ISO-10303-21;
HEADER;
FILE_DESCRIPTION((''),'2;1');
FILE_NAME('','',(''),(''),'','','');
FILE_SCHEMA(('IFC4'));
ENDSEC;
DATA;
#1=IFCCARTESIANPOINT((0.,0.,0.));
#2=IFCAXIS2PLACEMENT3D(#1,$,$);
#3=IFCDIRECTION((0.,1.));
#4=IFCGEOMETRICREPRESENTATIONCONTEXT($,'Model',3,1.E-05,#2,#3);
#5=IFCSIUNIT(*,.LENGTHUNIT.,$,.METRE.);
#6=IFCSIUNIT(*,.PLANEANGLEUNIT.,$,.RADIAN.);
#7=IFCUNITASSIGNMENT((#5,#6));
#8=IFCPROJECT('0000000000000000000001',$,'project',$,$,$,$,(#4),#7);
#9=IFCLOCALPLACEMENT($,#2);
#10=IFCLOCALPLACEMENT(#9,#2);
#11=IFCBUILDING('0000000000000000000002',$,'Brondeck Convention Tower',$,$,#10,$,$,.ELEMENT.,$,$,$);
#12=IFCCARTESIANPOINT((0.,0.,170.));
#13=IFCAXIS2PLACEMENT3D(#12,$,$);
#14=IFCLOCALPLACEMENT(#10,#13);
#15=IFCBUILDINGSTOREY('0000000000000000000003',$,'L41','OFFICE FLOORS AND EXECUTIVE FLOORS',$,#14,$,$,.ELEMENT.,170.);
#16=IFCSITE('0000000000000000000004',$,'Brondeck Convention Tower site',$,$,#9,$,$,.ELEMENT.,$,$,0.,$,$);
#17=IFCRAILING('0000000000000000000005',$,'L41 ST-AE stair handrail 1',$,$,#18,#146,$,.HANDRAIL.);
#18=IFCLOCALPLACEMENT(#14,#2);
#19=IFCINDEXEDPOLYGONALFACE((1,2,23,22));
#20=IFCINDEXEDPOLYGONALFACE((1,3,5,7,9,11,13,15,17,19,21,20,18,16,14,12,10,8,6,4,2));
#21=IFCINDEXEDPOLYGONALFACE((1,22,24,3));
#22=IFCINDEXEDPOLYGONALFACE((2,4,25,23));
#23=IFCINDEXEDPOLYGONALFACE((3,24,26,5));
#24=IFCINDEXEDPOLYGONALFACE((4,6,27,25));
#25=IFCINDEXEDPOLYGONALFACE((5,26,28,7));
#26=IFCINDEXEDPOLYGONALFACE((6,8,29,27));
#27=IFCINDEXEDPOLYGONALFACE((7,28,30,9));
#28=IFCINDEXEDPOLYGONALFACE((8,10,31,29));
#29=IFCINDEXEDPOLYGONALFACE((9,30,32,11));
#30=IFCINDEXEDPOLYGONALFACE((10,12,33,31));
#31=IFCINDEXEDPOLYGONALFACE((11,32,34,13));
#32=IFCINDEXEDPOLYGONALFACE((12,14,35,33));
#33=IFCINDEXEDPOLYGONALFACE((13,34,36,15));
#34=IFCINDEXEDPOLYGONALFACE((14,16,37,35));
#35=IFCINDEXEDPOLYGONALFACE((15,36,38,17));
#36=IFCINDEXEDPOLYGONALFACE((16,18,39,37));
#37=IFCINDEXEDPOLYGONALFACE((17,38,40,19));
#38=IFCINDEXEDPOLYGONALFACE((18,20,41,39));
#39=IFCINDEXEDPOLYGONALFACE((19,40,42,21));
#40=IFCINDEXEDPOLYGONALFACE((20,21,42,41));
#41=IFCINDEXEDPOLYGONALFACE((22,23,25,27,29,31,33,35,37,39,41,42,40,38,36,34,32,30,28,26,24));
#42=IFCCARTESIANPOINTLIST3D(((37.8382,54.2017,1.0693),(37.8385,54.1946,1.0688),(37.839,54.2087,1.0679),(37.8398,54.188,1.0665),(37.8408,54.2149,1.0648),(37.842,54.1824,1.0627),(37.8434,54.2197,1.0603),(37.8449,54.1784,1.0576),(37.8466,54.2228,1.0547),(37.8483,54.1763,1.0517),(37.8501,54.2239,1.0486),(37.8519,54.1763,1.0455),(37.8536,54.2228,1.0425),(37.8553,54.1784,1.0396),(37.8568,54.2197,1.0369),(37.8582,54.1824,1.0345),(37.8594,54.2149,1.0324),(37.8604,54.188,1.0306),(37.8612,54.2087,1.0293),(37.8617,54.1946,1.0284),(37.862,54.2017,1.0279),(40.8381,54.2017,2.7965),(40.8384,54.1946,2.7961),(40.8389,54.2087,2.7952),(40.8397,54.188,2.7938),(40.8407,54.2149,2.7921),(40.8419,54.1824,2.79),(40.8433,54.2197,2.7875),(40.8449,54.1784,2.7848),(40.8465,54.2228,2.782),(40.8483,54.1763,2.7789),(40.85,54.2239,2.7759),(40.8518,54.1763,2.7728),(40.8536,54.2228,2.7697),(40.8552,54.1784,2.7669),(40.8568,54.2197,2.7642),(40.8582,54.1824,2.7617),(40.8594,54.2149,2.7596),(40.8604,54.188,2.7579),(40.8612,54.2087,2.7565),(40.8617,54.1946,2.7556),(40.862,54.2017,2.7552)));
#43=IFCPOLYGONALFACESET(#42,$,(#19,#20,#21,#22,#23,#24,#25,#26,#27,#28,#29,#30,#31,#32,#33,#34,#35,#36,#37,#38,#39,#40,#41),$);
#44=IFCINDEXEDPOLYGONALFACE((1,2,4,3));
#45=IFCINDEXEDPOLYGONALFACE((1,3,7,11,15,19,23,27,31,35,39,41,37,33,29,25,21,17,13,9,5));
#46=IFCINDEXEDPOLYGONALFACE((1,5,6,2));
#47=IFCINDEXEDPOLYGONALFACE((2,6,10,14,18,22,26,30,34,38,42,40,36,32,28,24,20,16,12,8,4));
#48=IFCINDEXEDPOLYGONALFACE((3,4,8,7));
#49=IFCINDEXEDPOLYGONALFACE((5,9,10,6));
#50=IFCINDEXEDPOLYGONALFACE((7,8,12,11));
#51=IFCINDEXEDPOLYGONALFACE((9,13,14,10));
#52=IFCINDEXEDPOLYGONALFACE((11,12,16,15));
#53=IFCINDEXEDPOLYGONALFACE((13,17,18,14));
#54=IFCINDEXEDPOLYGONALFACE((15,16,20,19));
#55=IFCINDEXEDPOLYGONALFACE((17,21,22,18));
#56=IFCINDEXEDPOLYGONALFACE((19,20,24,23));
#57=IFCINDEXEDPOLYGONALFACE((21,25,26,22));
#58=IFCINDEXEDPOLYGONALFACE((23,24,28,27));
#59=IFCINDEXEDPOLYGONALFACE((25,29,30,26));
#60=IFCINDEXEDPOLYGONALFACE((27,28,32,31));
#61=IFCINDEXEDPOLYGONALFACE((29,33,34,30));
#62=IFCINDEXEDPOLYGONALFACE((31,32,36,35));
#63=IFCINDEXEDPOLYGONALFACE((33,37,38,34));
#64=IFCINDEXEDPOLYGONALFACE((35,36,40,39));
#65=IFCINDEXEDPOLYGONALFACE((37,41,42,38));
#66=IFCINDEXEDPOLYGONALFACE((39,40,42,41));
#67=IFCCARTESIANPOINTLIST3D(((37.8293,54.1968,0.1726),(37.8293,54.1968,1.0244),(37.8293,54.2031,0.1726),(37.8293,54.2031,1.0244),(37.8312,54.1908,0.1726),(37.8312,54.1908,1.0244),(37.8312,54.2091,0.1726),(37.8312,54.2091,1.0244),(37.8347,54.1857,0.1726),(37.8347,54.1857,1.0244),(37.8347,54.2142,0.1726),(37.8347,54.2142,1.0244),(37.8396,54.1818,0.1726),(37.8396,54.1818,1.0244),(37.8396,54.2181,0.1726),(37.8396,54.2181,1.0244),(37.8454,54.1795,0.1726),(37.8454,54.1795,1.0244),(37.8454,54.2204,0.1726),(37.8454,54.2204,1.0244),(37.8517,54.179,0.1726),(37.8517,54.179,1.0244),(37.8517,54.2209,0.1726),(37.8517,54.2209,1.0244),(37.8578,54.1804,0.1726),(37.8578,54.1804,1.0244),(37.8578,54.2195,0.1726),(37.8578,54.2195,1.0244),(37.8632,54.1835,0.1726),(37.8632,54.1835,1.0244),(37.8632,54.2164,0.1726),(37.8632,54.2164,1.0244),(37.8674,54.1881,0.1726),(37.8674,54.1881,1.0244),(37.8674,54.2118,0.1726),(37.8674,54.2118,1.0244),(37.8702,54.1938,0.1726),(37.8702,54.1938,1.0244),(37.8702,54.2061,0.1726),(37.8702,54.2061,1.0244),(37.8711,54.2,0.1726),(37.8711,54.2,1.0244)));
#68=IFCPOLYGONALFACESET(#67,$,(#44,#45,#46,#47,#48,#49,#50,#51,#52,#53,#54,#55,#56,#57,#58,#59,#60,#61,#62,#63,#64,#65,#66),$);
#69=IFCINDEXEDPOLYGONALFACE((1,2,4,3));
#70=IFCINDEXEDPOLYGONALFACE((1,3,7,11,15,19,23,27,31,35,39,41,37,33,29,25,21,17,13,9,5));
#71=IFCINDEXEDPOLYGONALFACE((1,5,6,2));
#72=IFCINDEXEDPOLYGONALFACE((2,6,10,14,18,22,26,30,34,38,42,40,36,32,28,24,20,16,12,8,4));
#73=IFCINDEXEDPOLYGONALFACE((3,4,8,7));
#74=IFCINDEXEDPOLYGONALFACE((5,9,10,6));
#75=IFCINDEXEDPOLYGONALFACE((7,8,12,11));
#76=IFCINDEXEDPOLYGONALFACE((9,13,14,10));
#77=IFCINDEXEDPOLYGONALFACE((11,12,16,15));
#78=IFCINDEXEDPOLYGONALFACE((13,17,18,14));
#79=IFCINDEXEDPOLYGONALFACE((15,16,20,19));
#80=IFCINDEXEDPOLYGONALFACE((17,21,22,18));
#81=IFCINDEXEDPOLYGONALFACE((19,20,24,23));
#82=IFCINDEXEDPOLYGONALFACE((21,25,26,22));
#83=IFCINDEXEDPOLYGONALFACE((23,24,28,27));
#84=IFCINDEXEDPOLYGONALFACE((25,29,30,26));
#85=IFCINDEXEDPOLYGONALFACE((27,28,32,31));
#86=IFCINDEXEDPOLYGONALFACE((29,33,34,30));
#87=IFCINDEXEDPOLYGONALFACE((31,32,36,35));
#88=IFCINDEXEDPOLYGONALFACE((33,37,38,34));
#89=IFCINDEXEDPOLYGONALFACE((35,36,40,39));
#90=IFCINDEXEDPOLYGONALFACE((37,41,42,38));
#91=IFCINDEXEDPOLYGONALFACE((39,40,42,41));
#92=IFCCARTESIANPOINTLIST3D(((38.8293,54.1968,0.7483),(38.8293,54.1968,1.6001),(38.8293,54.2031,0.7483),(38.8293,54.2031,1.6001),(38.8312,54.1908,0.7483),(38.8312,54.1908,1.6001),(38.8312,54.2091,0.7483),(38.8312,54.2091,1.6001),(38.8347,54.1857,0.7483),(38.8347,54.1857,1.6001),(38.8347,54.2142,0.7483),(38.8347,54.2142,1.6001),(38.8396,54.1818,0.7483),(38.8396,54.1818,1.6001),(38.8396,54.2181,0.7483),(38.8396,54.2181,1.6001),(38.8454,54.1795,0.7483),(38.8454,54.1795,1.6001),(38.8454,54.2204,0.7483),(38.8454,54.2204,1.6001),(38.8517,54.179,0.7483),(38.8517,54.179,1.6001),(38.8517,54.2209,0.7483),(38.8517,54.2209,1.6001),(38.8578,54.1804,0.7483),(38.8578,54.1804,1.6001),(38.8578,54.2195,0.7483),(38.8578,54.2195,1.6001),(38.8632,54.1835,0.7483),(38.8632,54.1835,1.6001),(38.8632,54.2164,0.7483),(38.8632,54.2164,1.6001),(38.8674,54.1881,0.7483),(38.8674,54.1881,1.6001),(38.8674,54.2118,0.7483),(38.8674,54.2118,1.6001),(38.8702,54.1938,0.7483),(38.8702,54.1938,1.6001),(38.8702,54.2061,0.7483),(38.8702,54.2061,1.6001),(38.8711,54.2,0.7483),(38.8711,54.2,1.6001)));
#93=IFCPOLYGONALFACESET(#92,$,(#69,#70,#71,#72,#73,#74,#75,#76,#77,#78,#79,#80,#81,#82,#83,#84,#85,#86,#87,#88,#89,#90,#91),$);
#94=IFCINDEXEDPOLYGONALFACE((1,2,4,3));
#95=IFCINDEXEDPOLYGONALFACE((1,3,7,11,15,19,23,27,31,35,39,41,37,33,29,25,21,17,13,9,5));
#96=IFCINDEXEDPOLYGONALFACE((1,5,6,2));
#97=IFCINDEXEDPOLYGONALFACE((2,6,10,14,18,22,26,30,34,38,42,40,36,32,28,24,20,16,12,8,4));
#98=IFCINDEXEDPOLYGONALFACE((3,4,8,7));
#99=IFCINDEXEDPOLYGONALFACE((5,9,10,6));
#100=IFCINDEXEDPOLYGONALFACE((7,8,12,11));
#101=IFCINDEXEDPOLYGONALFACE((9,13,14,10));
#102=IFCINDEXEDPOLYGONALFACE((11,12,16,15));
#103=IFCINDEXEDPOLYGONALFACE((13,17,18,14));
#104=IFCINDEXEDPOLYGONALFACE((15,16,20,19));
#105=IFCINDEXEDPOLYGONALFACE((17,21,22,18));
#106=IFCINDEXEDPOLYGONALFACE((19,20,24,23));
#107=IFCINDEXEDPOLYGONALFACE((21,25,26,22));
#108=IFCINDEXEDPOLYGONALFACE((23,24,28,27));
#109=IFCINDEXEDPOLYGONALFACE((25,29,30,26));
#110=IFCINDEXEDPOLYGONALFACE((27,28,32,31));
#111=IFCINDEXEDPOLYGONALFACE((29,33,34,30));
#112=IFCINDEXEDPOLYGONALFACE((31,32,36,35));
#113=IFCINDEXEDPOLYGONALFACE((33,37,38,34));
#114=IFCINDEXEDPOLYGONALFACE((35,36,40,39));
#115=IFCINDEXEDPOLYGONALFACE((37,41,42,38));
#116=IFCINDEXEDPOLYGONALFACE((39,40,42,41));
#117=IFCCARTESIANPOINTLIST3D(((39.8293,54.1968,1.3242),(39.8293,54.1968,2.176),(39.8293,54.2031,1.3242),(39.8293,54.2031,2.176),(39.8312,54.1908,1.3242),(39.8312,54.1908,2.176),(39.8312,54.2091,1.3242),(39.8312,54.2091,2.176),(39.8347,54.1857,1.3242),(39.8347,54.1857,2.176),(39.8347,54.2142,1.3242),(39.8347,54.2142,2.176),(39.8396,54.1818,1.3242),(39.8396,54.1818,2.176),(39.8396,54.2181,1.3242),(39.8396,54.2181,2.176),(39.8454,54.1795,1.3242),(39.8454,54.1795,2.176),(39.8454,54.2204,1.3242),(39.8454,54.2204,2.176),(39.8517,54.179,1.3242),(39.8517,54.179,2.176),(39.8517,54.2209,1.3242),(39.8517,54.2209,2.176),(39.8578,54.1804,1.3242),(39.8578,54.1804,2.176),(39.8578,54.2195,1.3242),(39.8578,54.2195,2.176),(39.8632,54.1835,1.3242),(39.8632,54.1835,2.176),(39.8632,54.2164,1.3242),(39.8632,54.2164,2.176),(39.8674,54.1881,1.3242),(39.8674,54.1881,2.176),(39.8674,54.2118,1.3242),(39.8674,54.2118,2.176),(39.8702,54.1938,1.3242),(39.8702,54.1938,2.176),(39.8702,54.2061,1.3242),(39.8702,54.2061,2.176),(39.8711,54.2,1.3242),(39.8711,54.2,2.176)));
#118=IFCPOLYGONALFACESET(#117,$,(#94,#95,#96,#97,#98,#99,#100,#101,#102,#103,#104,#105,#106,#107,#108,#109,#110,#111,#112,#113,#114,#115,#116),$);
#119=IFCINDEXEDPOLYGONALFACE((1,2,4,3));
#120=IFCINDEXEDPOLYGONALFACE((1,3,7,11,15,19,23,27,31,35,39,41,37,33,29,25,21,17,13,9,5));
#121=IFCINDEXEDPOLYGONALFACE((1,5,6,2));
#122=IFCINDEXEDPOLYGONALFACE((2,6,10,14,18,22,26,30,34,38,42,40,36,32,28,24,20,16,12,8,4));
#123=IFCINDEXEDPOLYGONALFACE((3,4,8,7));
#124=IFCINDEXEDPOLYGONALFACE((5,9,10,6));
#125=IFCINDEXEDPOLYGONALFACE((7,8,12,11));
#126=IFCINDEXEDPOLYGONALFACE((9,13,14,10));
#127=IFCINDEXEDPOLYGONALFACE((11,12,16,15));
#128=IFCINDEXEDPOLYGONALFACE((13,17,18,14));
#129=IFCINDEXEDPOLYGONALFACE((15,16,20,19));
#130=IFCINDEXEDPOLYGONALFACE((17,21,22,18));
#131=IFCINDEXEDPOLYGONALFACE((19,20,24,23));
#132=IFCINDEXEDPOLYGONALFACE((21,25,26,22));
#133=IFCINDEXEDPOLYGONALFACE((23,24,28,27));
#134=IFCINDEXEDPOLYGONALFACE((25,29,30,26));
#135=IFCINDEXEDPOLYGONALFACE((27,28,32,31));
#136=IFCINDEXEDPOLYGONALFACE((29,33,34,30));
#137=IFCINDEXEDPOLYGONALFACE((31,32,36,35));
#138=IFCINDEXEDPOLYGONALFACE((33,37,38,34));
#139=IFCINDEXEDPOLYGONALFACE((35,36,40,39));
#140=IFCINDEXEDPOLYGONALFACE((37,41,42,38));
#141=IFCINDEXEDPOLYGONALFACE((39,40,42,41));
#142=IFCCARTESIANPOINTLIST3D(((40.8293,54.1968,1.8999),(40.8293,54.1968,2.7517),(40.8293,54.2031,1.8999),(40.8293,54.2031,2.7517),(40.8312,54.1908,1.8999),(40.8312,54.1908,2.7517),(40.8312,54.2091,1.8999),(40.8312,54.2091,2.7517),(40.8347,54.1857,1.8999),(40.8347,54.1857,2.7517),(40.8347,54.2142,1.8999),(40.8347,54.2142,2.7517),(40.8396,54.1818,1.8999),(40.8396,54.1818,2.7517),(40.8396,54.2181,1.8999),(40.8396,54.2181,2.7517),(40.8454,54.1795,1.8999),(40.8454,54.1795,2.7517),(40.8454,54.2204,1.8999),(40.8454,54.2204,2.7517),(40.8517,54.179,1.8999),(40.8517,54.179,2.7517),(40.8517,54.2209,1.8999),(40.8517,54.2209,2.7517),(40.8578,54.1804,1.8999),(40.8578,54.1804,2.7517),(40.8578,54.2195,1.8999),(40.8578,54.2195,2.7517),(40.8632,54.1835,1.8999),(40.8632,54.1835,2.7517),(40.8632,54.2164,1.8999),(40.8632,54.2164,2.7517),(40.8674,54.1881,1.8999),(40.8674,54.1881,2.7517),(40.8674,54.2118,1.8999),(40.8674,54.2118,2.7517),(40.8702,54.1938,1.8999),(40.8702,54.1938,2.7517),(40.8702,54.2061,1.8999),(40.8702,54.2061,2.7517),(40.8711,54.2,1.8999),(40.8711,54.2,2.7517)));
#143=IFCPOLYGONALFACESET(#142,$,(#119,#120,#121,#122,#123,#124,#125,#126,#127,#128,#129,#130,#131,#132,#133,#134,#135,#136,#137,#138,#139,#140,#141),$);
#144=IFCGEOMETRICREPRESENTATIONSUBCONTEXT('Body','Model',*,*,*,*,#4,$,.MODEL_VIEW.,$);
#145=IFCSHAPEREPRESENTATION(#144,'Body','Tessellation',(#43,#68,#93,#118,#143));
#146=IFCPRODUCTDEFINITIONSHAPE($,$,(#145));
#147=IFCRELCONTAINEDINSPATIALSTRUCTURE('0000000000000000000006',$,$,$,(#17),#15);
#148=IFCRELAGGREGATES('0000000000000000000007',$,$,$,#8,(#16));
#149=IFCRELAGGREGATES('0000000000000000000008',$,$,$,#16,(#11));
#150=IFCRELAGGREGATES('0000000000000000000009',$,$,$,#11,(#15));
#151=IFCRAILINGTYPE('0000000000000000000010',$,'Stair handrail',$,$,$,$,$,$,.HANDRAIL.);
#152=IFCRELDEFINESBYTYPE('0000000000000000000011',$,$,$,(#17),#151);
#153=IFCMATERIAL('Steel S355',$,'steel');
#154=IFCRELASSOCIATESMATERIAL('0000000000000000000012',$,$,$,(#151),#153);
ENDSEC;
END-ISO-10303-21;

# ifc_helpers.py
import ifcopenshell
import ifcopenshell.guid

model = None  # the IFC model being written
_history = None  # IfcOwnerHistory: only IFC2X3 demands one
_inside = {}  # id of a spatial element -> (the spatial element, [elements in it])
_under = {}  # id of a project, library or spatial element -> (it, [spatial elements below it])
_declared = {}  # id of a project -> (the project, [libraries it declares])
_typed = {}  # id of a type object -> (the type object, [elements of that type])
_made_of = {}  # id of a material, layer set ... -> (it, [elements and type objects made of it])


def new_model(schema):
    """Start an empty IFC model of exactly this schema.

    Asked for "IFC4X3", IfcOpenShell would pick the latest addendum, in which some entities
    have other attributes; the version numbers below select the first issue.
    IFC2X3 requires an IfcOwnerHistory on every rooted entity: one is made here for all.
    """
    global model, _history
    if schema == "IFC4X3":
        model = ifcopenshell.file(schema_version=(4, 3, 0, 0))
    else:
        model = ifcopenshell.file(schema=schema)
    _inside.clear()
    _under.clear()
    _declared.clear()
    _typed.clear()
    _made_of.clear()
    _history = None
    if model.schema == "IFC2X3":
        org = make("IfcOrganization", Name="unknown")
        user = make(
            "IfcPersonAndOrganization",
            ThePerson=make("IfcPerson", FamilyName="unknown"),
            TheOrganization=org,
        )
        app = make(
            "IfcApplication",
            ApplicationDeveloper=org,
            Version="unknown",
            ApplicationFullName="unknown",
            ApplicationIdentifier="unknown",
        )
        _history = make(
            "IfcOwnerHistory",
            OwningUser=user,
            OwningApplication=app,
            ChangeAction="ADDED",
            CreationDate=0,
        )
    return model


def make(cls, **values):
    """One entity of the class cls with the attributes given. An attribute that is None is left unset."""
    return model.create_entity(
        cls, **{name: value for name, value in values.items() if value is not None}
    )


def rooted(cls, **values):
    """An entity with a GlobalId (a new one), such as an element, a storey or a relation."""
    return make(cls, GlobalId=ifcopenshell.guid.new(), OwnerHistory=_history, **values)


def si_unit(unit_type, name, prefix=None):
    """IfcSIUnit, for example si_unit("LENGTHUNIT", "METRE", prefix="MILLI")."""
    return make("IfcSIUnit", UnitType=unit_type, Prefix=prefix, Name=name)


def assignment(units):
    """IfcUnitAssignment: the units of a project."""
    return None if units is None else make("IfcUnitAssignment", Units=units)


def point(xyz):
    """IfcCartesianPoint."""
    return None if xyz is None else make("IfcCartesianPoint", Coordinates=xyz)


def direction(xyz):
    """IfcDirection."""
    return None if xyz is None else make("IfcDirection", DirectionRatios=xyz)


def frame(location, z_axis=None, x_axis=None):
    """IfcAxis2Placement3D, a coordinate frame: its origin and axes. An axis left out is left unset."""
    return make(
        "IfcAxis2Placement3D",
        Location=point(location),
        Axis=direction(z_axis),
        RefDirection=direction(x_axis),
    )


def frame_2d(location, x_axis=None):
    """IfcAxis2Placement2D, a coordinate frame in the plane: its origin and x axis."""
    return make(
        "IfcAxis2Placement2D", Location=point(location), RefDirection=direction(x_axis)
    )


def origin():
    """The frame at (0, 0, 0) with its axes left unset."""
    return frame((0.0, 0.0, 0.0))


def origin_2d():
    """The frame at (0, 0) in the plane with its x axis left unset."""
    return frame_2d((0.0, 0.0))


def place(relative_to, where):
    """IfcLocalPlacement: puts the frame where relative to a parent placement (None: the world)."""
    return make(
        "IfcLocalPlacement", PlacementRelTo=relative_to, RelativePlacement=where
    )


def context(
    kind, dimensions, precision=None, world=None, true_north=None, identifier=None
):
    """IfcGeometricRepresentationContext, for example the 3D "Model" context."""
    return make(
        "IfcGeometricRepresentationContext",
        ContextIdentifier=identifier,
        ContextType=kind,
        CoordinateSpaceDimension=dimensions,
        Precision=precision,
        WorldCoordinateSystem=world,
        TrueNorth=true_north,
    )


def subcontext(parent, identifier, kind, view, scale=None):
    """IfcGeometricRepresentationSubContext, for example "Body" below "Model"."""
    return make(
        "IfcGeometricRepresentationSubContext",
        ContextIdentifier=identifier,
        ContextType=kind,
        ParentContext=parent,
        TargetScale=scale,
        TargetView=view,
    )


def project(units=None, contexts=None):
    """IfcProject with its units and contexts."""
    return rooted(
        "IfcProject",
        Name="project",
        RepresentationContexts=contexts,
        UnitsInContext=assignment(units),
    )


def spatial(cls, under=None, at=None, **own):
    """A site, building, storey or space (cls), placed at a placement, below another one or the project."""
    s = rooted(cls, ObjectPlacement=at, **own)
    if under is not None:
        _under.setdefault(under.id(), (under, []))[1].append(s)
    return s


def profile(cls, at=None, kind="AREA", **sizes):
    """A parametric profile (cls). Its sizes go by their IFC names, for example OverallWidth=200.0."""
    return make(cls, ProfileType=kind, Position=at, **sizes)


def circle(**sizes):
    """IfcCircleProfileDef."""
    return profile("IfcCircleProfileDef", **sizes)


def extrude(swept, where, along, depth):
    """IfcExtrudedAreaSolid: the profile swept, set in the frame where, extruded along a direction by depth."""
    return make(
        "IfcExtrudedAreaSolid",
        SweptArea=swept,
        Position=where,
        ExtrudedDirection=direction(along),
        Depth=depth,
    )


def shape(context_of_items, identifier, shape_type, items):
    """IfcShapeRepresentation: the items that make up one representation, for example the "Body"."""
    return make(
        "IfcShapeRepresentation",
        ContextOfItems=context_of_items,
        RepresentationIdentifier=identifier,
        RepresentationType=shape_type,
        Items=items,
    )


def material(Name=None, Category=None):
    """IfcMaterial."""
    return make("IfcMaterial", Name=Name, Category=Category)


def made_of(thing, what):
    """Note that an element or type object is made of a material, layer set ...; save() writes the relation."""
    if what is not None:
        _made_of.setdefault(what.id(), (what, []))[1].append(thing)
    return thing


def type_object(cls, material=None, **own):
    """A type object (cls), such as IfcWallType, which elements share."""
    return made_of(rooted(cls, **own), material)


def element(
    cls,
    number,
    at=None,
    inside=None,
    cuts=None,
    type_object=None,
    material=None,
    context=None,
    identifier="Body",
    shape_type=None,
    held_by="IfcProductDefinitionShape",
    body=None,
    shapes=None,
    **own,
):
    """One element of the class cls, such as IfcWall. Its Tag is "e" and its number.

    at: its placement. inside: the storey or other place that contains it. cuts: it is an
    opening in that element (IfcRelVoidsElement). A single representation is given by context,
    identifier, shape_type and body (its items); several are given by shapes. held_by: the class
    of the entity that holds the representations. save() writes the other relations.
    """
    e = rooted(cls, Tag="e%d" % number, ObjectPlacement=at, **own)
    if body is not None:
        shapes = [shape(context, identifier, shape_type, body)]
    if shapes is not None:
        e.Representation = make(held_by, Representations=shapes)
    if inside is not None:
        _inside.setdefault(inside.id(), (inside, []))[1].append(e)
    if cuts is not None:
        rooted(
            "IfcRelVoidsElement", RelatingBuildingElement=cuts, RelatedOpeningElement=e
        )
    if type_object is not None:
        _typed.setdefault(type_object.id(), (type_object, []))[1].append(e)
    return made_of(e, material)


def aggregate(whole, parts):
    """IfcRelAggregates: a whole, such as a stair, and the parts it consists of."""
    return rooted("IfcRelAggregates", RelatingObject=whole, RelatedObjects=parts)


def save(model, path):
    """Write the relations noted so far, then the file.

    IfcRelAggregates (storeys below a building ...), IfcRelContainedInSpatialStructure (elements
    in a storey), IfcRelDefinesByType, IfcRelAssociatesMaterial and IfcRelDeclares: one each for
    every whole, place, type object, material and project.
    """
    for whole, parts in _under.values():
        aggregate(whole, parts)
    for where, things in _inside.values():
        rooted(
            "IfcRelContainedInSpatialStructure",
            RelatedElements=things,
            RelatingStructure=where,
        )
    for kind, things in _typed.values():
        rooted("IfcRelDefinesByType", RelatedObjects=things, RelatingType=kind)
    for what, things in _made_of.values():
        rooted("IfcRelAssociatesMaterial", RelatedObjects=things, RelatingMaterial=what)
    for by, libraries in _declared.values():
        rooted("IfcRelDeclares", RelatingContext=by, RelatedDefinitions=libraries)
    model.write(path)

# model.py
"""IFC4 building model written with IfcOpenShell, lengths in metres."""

from ifc_helpers import new_model, si_unit, direction, frame, origin, origin_2d, place, context, subcontext, project, spatial, circle, extrude, material, type_object, element, save


model = new_model("IFC4")

# Units and contexts
model_context = context("Model", 3, precision=1e-05, world=origin(), true_north=direction((0.0, 1.0)))
body_context = subcontext(model_context, "Body", "Model", "MODEL_VIEW")
ifc_project = project(units=[si_unit("LENGTHUNIT", "METRE"), si_unit("PLANEANGLEUNIT", "RADIAN")], contexts=[model_context])

# Site, building, storey
site_placement = place(None, origin())
site = spatial("IfcSite", under=ifc_project, at=site_placement, Name="Brondeck Convention Tower site", CompositionType="ELEMENT", RefElevation=0.0)
building_placement = place(site_placement, origin())
building = spatial("IfcBuilding", under=site, at=building_placement, Name="Brondeck Convention Tower", CompositionType="ELEMENT")
storey_placement = place(building_placement, frame((0.0, 0.0, 170.0)))
storey = spatial("IfcBuildingStorey", under=building, at=storey_placement, Name="L41", Description="OFFICE FLOORS AND EXECUTIVE FLOORS", CompositionType="ELEMENT", Elevation=170.0)

# Shared definitions
ifc_material_1 = material(Name="Steel S355", Category="steel")

# Railing
railing_type_1 = type_object("IfcRailingType", Name="Stair handrail", PredefinedType="HANDRAIL", material=ifc_material_1)
railing_1_placement = place(storey_placement, frame((37.8501, 54.2, 0.1726)))
element("IfcRailing", 1, at=railing_1_placement, inside=storey, type_object=railing_type_1, Name="L41 ST-AE stair handrail 1", PredefinedType="HANDRAIL", context=body_context, shape_type="SweptSolid", body=[
    extrude(circle(Radius=0.0239, at=origin_2d()), frame((0.0, 0.0, 0.876), z_axis=(0.86662, 0.0, 0.498969), x_axis=(0.0, 1.0, 0.0)), (0.0, 0.0, 1.0), 3.4617),
    extrude(circle(Radius=0.021, at=origin_2d()), origin(), (0.0, 0.0, 1.0), 0.8518),
    extrude(circle(Radius=0.021, at=origin_2d()), frame((1.0, 0.0, 0.5757)), (0.0, 0.0, 1.0), 0.8518),
    extrude(circle(Radius=0.021, at=origin_2d()), frame((2.0, 0.0, 1.1516)), (0.0, 0.0, 1.0), 0.8518),
    extrude(circle(Radius=0.021, at=origin_2d()), frame((3.0, 0.0, 1.7273)), (0.0, 0.0, 1.0), 0.8518),
])

save(model, "model.ifc")
